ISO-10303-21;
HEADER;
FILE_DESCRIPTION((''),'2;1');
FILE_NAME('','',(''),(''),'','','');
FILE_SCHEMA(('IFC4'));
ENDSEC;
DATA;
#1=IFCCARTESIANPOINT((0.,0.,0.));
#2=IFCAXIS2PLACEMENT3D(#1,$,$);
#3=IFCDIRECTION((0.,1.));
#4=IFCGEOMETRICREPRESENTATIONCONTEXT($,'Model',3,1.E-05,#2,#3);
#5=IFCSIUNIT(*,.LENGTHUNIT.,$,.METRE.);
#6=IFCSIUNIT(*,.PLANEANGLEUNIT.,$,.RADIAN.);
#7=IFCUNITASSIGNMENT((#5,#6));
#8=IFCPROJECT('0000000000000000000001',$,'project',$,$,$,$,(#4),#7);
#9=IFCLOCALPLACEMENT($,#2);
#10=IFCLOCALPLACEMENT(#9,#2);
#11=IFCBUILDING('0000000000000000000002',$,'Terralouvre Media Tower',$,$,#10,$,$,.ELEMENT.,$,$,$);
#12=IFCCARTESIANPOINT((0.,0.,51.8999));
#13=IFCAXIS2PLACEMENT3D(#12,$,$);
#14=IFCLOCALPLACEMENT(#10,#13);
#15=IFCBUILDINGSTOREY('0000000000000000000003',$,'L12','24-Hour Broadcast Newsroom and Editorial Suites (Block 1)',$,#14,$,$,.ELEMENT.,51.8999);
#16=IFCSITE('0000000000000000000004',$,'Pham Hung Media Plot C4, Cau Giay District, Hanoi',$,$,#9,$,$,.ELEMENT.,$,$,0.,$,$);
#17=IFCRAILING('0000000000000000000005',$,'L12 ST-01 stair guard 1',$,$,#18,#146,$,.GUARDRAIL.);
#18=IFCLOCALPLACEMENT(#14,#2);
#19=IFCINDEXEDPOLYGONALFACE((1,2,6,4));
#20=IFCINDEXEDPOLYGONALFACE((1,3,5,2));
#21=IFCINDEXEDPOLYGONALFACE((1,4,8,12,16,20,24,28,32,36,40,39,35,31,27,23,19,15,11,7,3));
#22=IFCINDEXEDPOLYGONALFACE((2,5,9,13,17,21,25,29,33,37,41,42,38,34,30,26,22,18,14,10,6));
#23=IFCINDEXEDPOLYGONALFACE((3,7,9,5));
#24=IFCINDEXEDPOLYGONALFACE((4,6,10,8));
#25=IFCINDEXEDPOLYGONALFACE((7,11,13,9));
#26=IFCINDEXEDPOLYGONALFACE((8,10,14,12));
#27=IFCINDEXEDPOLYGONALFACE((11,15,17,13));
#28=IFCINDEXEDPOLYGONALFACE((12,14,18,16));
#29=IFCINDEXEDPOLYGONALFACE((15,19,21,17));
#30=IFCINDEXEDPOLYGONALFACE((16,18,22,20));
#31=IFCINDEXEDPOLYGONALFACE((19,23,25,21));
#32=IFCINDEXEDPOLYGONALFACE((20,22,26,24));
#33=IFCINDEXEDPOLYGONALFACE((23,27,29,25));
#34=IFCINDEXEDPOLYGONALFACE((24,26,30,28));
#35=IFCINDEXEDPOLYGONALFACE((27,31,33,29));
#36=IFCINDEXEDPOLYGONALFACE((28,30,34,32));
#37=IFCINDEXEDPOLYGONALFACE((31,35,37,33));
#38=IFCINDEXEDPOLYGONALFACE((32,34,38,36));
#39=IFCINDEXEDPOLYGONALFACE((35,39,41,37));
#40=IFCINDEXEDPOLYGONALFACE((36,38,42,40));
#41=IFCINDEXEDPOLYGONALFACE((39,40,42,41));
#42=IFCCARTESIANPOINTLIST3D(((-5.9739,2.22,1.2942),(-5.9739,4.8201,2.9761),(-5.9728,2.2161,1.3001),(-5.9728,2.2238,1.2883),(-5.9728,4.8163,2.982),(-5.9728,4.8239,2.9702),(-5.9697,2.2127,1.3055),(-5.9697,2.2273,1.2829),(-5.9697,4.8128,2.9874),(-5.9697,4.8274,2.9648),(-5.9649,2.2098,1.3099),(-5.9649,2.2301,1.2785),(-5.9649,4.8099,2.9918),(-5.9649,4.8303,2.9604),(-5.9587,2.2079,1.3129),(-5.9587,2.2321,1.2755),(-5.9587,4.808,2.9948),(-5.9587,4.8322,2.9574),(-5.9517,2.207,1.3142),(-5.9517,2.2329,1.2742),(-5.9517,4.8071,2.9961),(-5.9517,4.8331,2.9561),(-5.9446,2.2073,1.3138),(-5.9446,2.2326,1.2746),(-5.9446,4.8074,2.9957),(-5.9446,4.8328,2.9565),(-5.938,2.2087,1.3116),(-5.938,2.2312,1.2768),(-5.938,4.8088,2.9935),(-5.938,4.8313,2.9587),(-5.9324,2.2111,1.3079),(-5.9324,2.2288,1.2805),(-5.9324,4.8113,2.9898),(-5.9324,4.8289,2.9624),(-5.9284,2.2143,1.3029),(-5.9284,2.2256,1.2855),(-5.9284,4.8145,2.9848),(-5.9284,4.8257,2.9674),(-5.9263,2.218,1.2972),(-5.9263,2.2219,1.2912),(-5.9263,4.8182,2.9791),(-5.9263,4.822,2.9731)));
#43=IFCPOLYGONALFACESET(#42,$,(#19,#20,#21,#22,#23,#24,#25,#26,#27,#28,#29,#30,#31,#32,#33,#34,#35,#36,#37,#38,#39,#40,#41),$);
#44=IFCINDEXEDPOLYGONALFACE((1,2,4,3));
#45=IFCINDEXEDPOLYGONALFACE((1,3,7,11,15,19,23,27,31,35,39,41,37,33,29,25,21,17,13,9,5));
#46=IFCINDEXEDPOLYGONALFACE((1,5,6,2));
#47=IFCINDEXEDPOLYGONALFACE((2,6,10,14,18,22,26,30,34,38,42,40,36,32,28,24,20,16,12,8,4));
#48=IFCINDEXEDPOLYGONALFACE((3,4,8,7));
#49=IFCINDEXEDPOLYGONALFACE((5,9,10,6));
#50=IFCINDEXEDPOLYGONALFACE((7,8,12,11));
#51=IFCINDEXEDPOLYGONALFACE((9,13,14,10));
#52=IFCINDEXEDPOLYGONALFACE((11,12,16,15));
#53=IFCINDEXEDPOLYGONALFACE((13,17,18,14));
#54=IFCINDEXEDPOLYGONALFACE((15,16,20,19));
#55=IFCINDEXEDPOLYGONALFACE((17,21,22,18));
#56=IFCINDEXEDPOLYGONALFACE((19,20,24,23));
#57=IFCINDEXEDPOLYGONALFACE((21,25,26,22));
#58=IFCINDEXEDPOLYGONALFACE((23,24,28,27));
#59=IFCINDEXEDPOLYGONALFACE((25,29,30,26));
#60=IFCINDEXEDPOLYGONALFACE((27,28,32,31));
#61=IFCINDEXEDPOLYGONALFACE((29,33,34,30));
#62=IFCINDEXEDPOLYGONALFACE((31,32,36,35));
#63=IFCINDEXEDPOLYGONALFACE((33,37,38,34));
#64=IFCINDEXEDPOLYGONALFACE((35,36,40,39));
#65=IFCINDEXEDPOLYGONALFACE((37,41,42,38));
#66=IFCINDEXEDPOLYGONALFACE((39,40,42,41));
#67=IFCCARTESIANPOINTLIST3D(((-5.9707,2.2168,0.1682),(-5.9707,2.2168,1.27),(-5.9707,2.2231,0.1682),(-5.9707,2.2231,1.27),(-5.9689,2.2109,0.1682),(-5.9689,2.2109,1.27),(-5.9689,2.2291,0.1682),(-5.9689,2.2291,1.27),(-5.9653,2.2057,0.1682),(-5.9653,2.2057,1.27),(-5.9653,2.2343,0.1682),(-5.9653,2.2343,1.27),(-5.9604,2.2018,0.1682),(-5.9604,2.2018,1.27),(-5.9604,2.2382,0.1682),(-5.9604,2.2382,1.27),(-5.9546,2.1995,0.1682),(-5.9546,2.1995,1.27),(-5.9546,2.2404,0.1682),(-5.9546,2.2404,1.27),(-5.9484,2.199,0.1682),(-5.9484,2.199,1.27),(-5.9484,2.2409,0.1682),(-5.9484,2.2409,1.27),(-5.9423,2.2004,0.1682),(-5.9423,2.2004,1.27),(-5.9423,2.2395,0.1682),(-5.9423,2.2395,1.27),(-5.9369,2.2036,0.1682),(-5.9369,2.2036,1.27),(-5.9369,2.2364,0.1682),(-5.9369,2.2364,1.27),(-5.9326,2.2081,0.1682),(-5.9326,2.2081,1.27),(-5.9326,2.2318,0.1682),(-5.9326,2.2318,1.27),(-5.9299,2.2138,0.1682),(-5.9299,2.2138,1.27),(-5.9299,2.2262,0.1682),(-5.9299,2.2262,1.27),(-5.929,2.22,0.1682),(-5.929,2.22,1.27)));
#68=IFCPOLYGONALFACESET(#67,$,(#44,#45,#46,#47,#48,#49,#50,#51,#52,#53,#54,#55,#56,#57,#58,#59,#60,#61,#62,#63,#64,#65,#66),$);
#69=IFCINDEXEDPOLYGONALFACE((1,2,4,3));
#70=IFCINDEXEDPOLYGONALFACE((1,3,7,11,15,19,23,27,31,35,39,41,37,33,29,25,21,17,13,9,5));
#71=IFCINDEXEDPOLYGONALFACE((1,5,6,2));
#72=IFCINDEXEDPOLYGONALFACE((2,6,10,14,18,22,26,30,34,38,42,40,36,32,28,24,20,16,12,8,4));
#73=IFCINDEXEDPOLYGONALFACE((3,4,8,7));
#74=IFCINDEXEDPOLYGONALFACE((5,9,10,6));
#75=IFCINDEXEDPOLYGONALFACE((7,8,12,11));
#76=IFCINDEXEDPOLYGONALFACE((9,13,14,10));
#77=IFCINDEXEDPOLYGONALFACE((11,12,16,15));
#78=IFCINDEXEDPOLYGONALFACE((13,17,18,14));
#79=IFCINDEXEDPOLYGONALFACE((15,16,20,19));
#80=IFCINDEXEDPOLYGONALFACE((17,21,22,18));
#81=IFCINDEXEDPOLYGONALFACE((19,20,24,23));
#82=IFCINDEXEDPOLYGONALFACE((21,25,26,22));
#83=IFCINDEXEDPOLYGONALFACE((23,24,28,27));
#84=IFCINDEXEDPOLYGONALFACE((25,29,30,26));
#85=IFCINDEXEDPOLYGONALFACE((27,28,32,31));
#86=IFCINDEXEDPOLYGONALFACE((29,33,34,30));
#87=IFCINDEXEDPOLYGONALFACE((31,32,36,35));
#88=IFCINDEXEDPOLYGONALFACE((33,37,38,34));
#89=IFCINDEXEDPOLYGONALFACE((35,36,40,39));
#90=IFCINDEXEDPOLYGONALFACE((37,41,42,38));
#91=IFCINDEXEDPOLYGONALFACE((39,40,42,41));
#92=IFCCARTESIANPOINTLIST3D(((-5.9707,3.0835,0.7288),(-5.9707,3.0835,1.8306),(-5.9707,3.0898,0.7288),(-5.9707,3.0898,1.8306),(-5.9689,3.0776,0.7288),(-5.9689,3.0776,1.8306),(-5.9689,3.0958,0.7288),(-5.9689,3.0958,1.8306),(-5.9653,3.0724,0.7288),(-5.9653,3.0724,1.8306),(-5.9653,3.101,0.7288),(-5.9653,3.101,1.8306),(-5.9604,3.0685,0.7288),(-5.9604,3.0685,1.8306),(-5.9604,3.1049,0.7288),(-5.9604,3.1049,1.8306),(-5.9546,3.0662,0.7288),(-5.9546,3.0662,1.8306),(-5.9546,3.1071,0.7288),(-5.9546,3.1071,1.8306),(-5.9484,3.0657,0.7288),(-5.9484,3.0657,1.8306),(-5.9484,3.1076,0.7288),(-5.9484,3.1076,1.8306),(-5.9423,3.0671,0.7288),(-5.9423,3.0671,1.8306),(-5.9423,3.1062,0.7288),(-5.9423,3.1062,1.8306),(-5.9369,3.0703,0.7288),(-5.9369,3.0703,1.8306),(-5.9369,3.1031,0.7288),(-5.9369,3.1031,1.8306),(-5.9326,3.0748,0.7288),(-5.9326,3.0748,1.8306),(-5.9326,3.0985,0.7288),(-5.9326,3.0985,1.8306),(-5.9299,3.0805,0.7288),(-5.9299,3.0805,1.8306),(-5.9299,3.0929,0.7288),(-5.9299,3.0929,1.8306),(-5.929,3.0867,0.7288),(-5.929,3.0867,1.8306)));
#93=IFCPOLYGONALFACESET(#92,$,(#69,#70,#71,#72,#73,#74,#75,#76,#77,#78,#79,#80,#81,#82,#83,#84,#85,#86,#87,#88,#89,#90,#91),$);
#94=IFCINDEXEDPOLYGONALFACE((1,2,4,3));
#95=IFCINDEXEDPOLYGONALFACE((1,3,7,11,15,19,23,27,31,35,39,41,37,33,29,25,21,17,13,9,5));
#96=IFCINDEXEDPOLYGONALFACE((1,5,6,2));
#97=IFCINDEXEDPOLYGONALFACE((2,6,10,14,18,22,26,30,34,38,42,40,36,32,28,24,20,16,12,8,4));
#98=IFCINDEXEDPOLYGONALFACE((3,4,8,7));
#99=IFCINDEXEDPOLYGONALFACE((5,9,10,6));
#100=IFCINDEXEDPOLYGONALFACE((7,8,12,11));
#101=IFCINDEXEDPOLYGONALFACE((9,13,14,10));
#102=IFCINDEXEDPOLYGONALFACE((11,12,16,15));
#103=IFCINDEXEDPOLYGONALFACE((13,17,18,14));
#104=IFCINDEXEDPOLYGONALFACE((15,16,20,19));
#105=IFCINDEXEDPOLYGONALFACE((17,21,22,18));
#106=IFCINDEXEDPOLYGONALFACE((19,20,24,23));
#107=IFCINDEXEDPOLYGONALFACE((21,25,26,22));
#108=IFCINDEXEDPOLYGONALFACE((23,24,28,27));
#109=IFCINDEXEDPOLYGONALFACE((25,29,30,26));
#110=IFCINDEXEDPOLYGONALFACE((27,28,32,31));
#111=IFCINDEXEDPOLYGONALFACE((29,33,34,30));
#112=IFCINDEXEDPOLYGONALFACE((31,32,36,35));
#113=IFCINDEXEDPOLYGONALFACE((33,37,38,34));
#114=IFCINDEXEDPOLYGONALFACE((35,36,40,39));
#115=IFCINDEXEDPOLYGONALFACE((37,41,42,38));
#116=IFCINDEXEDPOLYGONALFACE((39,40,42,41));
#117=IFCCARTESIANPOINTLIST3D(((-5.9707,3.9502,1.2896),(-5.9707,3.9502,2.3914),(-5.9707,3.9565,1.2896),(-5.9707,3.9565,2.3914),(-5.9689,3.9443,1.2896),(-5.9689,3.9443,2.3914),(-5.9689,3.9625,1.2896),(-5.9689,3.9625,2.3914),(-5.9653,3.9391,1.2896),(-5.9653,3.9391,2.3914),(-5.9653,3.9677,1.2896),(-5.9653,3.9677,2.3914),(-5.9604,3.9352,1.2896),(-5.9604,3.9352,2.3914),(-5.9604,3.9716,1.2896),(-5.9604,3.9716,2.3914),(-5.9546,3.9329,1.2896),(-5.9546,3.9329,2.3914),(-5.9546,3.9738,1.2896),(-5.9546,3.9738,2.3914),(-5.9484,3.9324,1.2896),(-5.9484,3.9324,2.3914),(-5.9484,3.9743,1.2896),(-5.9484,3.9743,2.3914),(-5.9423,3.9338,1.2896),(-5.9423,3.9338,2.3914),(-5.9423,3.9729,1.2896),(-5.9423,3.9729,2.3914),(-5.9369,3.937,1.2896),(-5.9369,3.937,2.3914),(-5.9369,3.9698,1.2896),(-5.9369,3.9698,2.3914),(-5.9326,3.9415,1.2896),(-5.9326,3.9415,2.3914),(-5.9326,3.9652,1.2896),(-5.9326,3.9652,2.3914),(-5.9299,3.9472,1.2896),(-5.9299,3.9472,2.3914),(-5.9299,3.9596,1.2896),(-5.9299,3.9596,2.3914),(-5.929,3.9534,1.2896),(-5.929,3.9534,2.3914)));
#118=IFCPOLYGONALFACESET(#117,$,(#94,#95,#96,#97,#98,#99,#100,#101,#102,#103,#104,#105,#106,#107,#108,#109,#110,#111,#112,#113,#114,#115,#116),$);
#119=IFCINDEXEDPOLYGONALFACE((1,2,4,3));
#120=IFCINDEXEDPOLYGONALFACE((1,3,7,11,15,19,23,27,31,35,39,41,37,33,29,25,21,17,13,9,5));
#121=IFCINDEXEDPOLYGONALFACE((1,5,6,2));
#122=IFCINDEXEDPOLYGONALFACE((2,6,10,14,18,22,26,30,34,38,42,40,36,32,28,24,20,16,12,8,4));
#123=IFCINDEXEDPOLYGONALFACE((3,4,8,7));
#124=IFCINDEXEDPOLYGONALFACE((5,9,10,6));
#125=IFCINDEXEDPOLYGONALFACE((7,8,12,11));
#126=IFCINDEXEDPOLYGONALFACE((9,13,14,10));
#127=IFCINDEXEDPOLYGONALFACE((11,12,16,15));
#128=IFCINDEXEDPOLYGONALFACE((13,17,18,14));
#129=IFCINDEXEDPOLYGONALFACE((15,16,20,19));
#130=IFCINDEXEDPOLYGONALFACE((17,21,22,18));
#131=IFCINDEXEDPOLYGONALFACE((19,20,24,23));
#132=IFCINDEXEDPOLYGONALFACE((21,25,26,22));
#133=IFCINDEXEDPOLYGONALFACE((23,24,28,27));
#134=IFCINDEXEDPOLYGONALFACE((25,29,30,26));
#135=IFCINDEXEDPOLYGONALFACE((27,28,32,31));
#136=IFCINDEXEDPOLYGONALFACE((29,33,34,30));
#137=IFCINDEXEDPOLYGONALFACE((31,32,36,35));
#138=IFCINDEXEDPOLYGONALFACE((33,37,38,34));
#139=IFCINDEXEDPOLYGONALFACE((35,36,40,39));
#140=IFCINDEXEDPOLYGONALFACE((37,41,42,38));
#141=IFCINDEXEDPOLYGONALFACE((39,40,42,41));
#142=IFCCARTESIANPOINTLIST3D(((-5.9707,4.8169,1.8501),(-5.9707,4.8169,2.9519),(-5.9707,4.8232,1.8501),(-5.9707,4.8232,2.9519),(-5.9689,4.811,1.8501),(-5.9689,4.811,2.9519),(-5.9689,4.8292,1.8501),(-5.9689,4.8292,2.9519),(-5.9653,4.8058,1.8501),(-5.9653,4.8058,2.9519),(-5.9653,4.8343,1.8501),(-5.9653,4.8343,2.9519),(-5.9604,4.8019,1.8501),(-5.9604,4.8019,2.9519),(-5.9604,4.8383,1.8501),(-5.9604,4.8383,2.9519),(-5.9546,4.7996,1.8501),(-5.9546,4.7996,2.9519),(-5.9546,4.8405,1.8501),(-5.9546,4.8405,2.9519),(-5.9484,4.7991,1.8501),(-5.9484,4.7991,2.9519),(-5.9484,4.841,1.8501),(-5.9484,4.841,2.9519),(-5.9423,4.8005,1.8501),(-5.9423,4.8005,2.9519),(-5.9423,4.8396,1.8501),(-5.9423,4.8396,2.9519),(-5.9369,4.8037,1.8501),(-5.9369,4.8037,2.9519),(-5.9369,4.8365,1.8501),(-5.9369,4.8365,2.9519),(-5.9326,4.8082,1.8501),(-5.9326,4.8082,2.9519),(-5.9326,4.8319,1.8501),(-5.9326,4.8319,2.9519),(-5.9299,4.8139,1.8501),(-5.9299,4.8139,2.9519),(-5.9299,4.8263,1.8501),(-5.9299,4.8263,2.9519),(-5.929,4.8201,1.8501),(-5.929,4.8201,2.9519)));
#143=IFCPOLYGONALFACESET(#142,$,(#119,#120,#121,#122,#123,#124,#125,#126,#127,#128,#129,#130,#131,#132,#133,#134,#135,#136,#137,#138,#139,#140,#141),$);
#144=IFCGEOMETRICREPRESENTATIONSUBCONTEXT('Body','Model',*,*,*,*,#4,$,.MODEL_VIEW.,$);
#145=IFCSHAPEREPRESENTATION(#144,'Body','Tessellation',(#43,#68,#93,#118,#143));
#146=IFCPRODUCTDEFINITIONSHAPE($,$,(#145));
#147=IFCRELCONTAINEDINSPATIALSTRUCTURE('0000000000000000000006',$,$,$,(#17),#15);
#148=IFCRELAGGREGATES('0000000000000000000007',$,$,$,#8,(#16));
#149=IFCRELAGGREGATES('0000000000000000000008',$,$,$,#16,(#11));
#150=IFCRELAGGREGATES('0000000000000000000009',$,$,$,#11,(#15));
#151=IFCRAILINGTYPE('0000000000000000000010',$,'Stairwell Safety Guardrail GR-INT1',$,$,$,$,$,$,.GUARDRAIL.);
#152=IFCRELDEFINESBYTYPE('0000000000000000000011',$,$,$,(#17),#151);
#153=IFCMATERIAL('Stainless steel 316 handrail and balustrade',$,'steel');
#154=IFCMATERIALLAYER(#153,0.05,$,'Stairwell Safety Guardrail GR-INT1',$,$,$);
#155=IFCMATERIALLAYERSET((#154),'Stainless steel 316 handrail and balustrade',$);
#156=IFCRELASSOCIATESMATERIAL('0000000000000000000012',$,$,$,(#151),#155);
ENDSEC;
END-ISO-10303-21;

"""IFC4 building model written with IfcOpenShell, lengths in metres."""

from ifc_helpers import new_model, si_unit, direction, frame, origin, origin_2d, place, context, subcontext, project, spatial, circle, extrude, material, layer, layer_set, type_object, element, save


model = new_model("IFC4")

# Units and contexts
model_context = context("Model", 3, precision=1e-05, world=origin(), true_north=direction((0.0, 1.0)))
body_context = subcontext(model_context, "Body", "Model", "MODEL_VIEW")
ifc_project = project(units=[si_unit("LENGTHUNIT", "METRE"), si_unit("PLANEANGLEUNIT", "RADIAN")], contexts=[model_context])

# Site, building, storey
site_placement = place(None, origin())
site = spatial("IfcSite", under=ifc_project, at=site_placement, Name="Pham Hung Media Plot C4, Cau Giay District, Hanoi", CompositionType="ELEMENT", RefElevation=0.0)
building_placement = place(site_placement, origin())
building = spatial("IfcBuilding", under=site, at=building_placement, Name="Terralouvre Media Tower", CompositionType="ELEMENT")
storey_placement = place(building_placement, frame((0.0, 0.0, 51.8999)))
storey = spatial("IfcBuildingStorey", under=building, at=storey_placement, Name="L12", Description="24-Hour Broadcast Newsroom and Editorial Suites (Block 1)", CompositionType="ELEMENT", Elevation=51.8999)

# Railing
ifc_material_1 = material(Name="Stainless steel 316 handrail and balustrade", Category="steel")
ifc_layer_1 = layer(ifc_material_1, 0.05, Name="Stairwell Safety Guardrail GR-INT1")
ifc_layer_set_1 = layer_set([ifc_layer_1], Name="Stainless steel 316 handrail and balustrade")
railing_type_1 = type_object("IfcRailingType", Name="Stairwell Safety Guardrail GR-INT1", PredefinedType="GUARDRAIL", material=ifc_layer_set_1)
railing_1_placement = place(storey_placement, frame((-5.95, 2.22, 0.1682)))
element("IfcRailing", 1, at=railing_1_placement, inside=storey, type_object=railing_type_1, Name="L12 ST-01 stair guard 1", PredefinedType="GUARDRAIL", context=body_context, shape_type="SweptSolid", body=[
    extrude(circle(Radius=0.0239, at=origin_2d()), frame((0.0, 0.0, 1.126), z_axis=(0.0, 0.839648, 0.54313), x_axis=(-1.0, 0.0, 0.0)), (0.0, 0.0, 1.0), 3.0967),
    extrude(circle(Radius=0.021, at=origin_2d()), origin(), (0.0, 0.0, 1.0), 1.1018),
    extrude(circle(Radius=0.021, at=origin_2d()), frame((0.0, 0.8667, 0.5605)), (0.0, 0.0, 1.0), 1.1018),
    extrude(circle(Radius=0.021, at=origin_2d()), frame((0.0, 1.7334, 1.1213)), (0.0, 0.0, 1.0), 1.1018),
    extrude(circle(Radius=0.021, at=origin_2d()), frame((0.0, 2.6001, 1.6819)), (0.0, 0.0, 1.0), 1.1018),
])

save(model, "model.ifc")
